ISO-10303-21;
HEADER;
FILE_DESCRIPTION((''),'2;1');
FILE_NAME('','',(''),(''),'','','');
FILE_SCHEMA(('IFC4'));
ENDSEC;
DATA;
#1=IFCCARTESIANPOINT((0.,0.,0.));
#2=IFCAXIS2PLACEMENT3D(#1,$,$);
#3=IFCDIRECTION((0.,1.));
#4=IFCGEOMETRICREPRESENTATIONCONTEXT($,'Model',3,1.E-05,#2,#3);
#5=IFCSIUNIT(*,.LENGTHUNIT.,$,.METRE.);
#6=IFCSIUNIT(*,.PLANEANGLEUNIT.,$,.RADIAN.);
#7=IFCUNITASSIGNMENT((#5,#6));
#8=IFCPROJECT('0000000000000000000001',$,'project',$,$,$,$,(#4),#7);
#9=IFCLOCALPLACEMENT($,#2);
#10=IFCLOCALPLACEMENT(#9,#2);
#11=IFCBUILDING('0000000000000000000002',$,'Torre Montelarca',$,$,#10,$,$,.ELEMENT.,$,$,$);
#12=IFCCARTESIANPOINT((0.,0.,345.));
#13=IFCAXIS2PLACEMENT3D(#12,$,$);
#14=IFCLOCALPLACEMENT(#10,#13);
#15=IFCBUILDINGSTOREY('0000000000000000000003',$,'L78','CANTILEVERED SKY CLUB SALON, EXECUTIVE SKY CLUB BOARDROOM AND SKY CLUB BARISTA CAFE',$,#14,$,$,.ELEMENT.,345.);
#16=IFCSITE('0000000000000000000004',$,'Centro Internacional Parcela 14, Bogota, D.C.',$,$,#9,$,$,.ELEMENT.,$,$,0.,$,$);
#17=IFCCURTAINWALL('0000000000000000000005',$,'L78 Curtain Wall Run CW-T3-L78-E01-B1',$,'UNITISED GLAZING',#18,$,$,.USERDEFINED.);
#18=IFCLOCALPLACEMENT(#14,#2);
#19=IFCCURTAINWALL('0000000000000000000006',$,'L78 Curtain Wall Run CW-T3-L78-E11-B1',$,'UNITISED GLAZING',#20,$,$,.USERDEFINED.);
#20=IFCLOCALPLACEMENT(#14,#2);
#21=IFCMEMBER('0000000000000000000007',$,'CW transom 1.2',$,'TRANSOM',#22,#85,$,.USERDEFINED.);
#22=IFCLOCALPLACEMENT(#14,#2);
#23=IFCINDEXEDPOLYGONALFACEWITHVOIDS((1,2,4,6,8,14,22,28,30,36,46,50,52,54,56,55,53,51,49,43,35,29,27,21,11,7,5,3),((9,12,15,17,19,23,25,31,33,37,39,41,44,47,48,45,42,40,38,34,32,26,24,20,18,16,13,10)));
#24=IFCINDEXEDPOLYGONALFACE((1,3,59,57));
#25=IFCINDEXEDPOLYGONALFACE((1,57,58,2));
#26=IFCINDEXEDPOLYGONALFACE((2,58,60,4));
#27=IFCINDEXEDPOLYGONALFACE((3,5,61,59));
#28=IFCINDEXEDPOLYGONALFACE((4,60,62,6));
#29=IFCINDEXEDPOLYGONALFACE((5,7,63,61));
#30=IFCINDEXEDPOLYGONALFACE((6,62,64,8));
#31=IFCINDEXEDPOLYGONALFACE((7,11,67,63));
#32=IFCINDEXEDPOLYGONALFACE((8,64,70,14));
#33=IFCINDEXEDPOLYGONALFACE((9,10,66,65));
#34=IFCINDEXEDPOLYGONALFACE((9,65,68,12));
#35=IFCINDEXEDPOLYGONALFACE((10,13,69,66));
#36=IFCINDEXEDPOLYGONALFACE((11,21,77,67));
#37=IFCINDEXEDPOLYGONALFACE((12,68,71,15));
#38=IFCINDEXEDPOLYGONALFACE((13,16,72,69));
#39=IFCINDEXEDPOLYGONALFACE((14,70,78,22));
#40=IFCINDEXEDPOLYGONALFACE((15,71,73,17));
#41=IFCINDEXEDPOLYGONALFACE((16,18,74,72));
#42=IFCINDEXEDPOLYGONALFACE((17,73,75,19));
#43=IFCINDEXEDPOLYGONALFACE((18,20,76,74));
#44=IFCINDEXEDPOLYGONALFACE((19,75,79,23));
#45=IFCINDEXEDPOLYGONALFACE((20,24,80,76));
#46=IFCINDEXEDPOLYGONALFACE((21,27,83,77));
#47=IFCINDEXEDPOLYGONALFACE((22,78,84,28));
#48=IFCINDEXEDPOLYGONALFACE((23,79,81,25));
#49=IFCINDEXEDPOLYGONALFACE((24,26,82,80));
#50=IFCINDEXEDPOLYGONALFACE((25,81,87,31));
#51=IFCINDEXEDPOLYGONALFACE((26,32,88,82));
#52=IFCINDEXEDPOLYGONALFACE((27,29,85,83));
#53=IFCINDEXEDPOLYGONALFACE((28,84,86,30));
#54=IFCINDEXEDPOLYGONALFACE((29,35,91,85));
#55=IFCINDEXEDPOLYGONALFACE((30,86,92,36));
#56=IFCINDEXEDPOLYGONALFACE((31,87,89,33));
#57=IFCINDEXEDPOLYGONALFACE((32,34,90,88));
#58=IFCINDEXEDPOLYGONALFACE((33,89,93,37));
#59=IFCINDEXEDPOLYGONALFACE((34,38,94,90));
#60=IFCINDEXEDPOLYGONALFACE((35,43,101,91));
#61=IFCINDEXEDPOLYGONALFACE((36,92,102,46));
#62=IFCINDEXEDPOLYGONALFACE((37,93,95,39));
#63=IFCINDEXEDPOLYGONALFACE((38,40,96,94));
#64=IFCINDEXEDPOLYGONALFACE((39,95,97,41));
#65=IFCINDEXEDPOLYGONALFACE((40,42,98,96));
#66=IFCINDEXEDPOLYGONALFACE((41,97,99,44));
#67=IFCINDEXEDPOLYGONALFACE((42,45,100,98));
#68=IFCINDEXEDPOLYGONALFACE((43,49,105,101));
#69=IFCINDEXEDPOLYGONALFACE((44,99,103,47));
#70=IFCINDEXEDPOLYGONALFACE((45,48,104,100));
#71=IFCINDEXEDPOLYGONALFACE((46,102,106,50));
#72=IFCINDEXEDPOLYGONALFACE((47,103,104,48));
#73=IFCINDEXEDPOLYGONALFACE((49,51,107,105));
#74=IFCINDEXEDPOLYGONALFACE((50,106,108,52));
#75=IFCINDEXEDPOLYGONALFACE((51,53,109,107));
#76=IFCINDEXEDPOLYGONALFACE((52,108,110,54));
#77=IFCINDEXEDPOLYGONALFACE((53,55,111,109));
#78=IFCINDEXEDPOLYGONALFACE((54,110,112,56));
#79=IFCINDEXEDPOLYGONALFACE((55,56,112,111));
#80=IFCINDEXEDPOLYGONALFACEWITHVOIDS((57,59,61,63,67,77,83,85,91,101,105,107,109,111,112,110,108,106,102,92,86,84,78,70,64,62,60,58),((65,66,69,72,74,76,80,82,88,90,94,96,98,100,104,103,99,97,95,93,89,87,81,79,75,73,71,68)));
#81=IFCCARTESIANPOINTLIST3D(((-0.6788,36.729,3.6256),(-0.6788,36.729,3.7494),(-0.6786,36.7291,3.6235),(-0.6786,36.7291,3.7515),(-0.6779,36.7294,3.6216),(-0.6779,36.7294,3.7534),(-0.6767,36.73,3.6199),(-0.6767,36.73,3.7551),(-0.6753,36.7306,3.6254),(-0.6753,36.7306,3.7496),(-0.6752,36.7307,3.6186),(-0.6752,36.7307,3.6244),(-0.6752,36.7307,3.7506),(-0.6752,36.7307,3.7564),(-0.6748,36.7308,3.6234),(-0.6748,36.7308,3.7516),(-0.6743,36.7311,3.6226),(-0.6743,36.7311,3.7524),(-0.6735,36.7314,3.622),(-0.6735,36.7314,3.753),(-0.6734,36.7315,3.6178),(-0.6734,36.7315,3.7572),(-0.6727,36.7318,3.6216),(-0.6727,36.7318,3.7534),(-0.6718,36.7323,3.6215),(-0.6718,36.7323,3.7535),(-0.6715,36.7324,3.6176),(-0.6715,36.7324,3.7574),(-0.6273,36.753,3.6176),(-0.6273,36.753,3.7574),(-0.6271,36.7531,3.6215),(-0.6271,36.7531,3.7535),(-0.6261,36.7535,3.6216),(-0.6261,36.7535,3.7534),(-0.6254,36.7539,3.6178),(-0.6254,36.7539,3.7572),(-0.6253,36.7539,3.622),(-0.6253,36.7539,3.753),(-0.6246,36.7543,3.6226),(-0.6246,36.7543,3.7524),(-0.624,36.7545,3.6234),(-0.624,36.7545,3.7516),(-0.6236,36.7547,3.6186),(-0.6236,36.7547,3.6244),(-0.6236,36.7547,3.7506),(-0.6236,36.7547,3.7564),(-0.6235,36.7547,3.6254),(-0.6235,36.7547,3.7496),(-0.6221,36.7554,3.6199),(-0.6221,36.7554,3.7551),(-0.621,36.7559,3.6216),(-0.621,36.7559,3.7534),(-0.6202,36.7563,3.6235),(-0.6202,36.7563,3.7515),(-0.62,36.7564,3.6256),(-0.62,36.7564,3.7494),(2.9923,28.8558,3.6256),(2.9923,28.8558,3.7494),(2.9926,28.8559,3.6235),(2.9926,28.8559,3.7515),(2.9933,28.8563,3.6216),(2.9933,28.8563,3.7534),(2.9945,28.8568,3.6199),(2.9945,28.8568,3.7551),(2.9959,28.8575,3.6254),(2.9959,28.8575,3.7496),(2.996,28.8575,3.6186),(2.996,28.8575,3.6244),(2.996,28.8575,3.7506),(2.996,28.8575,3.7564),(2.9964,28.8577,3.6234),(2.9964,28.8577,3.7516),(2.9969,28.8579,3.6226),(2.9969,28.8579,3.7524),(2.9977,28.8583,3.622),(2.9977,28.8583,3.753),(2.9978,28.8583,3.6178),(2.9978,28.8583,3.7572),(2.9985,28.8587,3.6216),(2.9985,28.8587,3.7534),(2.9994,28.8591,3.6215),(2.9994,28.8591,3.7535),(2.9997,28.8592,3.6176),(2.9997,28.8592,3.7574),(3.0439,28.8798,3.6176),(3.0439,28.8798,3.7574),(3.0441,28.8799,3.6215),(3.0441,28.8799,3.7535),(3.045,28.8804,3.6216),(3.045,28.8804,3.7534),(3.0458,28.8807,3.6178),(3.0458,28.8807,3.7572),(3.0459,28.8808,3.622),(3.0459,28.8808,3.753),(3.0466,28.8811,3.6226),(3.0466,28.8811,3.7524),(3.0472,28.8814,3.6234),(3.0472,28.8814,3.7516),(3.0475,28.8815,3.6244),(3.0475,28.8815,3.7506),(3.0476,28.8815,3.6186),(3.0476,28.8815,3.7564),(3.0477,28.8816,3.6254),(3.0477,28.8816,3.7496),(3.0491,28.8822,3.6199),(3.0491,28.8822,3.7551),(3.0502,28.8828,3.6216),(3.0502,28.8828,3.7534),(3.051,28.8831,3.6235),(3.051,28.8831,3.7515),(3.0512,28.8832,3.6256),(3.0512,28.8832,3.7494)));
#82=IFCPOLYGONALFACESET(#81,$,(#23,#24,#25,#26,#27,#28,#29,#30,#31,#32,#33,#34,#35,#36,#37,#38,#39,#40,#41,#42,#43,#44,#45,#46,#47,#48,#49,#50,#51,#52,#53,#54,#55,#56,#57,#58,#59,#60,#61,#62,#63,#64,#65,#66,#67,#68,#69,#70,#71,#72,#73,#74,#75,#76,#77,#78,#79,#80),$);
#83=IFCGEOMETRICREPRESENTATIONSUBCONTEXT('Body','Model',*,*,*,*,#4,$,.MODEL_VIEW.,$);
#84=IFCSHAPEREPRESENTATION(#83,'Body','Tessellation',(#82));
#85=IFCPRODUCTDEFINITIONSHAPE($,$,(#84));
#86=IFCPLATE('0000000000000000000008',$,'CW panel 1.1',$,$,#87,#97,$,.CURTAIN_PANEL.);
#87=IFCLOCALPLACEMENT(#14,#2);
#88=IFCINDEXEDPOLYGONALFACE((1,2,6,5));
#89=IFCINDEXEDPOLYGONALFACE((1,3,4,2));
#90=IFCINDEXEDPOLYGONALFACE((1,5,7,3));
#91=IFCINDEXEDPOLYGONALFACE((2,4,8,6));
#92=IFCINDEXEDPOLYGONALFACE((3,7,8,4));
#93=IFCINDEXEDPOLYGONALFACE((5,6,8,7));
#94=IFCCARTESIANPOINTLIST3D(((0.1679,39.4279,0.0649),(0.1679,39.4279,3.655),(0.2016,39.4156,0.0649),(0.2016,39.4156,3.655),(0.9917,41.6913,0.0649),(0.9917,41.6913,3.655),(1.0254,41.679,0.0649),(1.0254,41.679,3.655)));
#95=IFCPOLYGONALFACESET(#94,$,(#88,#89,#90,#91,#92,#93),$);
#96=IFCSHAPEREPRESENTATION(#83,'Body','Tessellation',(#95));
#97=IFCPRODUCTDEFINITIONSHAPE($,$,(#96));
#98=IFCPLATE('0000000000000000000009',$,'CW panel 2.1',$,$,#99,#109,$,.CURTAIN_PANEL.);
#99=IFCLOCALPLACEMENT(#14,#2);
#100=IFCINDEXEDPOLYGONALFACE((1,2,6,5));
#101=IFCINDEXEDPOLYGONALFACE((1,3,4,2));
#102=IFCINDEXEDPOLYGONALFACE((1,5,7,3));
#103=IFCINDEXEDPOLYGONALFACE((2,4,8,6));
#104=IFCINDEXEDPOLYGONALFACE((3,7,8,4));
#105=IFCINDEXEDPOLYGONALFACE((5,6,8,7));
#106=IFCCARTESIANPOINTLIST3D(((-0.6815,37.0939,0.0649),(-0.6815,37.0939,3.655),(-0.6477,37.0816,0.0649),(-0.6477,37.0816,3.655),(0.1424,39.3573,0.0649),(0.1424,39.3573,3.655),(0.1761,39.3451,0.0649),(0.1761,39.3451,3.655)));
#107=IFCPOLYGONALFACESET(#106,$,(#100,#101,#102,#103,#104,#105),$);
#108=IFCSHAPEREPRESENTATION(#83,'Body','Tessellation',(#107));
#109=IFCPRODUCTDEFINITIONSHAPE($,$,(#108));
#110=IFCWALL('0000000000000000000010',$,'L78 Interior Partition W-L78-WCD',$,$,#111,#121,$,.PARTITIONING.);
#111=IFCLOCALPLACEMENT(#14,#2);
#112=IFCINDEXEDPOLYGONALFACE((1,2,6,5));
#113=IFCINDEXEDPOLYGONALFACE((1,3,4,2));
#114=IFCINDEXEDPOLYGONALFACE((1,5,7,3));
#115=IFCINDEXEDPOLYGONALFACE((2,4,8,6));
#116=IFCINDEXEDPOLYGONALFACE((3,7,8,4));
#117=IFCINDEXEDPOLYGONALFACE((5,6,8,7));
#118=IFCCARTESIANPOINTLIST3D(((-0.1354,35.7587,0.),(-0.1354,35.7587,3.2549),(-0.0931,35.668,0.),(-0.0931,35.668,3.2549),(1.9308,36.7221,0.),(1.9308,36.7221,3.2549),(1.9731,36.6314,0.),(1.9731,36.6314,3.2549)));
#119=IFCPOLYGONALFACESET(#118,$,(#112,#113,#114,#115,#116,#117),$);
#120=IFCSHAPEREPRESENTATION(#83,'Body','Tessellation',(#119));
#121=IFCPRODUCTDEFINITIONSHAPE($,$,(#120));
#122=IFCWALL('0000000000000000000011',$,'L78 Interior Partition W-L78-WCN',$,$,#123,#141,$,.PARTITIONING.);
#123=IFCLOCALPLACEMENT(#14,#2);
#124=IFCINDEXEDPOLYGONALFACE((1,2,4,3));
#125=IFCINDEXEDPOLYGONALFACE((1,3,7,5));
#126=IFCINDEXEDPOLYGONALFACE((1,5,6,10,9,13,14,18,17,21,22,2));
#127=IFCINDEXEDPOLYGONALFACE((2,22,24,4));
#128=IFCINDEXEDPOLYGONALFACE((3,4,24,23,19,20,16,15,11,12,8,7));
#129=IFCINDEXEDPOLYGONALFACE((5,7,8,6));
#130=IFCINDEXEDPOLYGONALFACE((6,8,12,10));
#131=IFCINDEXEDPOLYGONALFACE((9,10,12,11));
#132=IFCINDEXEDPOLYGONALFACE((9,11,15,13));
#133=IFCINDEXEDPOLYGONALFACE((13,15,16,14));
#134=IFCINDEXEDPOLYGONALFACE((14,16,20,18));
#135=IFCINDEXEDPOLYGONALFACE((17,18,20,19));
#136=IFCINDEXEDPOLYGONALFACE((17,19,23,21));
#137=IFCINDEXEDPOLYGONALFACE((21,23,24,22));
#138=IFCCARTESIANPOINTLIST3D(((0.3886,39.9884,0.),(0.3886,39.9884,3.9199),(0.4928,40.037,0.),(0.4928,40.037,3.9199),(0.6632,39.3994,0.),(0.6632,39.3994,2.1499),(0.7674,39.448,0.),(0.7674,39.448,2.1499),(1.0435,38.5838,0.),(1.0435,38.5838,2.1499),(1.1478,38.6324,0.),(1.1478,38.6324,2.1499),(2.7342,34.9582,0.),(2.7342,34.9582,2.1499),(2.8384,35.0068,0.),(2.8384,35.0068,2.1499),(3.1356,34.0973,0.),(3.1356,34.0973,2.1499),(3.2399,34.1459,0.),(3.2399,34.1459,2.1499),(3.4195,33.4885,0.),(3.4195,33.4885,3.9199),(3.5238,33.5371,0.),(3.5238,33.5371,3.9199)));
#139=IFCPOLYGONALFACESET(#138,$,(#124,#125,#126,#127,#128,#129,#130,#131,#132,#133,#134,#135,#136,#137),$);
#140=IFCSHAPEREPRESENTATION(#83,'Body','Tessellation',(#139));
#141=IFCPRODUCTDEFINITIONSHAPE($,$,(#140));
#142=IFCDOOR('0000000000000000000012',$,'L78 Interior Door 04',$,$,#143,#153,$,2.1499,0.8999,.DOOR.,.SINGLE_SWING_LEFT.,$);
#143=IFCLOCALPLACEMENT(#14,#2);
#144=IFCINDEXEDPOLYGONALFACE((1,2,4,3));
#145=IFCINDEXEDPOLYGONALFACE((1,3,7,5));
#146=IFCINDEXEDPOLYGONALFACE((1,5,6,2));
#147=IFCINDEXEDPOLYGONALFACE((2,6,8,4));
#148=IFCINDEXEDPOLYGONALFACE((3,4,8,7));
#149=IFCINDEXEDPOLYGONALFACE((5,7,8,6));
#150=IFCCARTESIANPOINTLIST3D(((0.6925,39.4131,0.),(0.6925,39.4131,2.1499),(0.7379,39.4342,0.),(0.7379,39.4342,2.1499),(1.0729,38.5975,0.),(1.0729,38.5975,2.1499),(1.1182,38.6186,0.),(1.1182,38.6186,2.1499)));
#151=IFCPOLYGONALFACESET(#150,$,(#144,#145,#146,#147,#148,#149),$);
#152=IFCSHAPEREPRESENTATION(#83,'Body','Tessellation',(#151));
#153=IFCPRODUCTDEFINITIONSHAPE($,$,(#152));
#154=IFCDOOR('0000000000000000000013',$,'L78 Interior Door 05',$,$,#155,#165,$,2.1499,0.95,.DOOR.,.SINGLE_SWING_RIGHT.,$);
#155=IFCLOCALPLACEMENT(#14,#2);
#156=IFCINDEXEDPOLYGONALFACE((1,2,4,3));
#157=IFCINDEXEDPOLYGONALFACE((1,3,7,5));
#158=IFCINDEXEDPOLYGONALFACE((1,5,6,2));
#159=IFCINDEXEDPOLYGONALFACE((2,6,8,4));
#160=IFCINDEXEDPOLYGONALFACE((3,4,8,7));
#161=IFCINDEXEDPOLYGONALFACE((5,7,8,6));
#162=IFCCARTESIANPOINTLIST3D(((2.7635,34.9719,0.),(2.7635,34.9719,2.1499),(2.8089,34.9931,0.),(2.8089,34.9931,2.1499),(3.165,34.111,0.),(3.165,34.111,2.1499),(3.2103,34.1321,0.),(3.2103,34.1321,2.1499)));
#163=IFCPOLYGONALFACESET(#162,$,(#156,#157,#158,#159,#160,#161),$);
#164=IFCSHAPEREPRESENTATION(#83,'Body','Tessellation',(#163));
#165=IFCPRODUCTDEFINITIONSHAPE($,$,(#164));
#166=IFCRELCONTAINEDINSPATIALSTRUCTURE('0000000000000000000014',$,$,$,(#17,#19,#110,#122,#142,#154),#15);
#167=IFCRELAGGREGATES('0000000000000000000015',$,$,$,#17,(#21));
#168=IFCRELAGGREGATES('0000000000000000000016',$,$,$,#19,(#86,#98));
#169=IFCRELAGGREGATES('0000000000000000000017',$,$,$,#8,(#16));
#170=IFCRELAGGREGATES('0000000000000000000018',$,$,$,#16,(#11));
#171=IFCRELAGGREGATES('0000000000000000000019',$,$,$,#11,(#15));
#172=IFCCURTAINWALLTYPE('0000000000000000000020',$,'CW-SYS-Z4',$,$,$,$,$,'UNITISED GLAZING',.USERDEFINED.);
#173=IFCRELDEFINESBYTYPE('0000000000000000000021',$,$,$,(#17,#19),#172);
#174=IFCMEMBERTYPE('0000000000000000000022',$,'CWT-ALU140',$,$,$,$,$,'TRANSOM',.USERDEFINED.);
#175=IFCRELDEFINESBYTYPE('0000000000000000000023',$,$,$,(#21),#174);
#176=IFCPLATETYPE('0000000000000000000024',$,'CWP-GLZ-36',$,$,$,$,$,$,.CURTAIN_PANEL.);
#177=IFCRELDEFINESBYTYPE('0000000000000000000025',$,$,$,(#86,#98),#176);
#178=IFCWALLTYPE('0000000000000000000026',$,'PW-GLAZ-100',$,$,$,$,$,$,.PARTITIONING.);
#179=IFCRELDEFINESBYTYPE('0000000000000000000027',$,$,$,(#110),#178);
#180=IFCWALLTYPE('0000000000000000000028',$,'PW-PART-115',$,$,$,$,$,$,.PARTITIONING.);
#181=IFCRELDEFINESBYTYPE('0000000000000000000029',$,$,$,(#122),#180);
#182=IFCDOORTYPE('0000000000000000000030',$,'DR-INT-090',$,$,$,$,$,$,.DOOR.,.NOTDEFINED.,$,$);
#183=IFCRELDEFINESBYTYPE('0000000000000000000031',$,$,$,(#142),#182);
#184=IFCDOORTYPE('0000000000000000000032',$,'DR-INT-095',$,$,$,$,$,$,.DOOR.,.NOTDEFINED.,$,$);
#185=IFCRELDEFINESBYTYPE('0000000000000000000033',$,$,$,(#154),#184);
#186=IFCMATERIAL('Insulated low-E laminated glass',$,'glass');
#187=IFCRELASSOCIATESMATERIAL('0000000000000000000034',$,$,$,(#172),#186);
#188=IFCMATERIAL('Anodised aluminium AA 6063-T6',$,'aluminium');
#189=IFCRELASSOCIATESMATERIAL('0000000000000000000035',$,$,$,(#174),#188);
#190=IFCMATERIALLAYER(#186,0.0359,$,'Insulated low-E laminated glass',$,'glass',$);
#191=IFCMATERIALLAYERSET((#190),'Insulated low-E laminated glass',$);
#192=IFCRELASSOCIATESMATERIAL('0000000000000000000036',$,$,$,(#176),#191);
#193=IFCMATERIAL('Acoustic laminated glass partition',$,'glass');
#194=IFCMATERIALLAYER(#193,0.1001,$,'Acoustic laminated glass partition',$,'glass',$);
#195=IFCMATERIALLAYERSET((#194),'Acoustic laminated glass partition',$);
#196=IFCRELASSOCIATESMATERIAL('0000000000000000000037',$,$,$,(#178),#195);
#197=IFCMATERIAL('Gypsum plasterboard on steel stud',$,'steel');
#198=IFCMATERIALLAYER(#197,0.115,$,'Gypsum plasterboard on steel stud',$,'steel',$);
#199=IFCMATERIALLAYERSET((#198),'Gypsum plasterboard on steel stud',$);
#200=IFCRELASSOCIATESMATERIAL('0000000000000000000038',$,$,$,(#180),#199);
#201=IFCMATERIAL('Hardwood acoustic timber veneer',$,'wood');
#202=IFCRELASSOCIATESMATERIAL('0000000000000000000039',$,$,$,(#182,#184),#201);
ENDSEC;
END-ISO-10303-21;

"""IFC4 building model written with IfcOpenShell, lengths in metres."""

from ifc_helpers import new_model, si_unit, direction, frame, frame_2d, origin, origin_2d, place, context, subcontext, project, spatial, rectangle, hollow_rectangle, extrude, source, transform, mapped, material, layer, layer_set, material_profile, profile_set, type_object, element, fill, aggregate, save


model = new_model("IFC4")

# Units and contexts
model_context = context("Model", 3, precision=1e-05, world=origin(), true_north=direction((0.0, 1.0)))
body_context = subcontext(model_context, "Body", "Model", "MODEL_VIEW")
ifc_project = project(units=[si_unit("LENGTHUNIT", "METRE"), si_unit("PLANEANGLEUNIT", "RADIAN")], contexts=[model_context])

# Site, building, storey
site_placement = place(None, origin())
site = spatial("IfcSite", under=ifc_project, at=site_placement, Name="Centro Internacional Parcela 14, Bogota, D.C.", CompositionType="ELEMENT", RefElevation=0.0)
building_placement = place(site_placement, origin())
building = spatial("IfcBuilding", under=site, at=building_placement, Name="Torre Montelarca", CompositionType="ELEMENT")
storey_placement = place(building_placement, frame((0.0, 0.0, 345.0)))
storey = spatial("IfcBuildingStorey", under=building, at=storey_placement, Name="L78", Description="CANTILEVERED SKY CLUB SALON, EXECUTIVE SKY CLUB BOARDROOM AND SKY CLUB BARISTA CAFE", CompositionType="ELEMENT", Elevation=345.0)

# Curtain wall
ifc_material_1 = material(Name="Insulated low-E laminated glass", Category="glass")
curtain_wall_type = type_object("IfcCurtainWallType", Name="CW-SYS-Z4", ElementType="UNITISED GLAZING", PredefinedType="USERDEFINED", material=ifc_material_1)
curtain_wall_1_placement = place(storey_placement, origin())
curtain_wall_1 = element("IfcCurtainWall", 1, at=curtain_wall_1_placement, inside=storey, type_object=curtain_wall_type, Name="L78 Curtain Wall Run CW-T3-L78-E01-B1", ObjectType="UNITISED GLAZING", PredefinedType="USERDEFINED")
ifc_material_2 = material(Name="Anodised aluminium AA 6063-T6", Category="aluminium")

# Curtain wall
curtain_wall_2_placement = place(storey_placement, origin())
curtain_wall_2 = element("IfcCurtainWall", 2, at=curtain_wall_2_placement, inside=storey, type_object=curtain_wall_type, Name="L78 Curtain Wall Run CW-T3-L78-E11-B1", ObjectType="UNITISED GLAZING", PredefinedType="USERDEFINED")
ifc_material_profile_1 = material_profile(ifc_material_2, hollow_rectangle(XDim=0.0649, YDim=0.1399, WallThickness=0.0039, InnerFilletRadius=0.0039, OuterFilletRadius=0.0081, at=origin_2d()), Name="ALU65X140X4", Category="aluminium")
ifc_profile_set_1 = profile_set([ifc_material_profile_1], Name="Anodised aluminium AA 6063-T6")
member_type_1 = type_object("IfcMemberType", Name="CWT-ALU140", ElementType="TRANSOM", PredefinedType="USERDEFINED", material=ifc_profile_set_1)

# Member
shared_shape_1 = source(origin(), body_context, "Body", "SweptSolid", [
    extrude(hollow_rectangle(XDim=0.0649, YDim=0.1399, WallThickness=0.0039, InnerFilletRadius=0.0039, OuterFilletRadius=0.0081, at=origin_2d()), origin(), (0.0, 0.0, 1.0), 8.687),
])
member_1_placement = place(storey_placement, frame((-0.6494, 36.7427, 3.6875), z_axis=(0.422607, -0.906313, 0.0), x_axis=(0.906313, 0.422607, 0.0)))
member_1 = element("IfcMember", 3, at=member_1_placement, type_object=member_type_1, Name="CW transom 1.2", ObjectType="TRANSOM", PredefinedType="USERDEFINED", context=body_context, shape_type="MappedRepresentation", body=[
    mapped(shared_shape_1, transform((0.0, 0.0, 0.0), scale=1.0)),
])
aggregate(curtain_wall_1, [member_1])

# Plates
ifc_layer_1 = layer(ifc_material_1, 0.0359, Name="Insulated low-E laminated glass", Category="glass")
ifc_layer_set_1 = layer_set([ifc_layer_1], Name="Insulated low-E laminated glass")
plate_type = type_object("IfcPlateType", Name="CWP-GLZ-36", PredefinedType="CURTAIN_PANEL", material=ifc_layer_set_1)
shared_shape_2 = source(origin(), body_context, "Body", "SweptSolid", [
    extrude(rectangle(XDim=2.4087, YDim=0.0359, at=origin_2d()), origin(), (0.0, 0.0, 1.0), 3.5901),
])
plate_1_placement = place(storey_placement, frame((0.5967, 40.5535, 0.0649), z_axis=(0.0, 0.0, 1.0), x_axis=(-0.342015, -0.939694, 0.0)))
plate_1 = element("IfcPlate", 4, at=plate_1_placement, type_object=plate_type, Name="CW panel 1.1", PredefinedType="CURTAIN_PANEL", context=body_context, shape_type="MappedRepresentation", body=[
    mapped(shared_shape_2, transform((0.0, 0.0, 0.0), scale=1.0)),
])
plate_2_placement = place(storey_placement, frame((-0.2527, 38.2195, 0.0649), z_axis=(0.0, 0.0, 1.0), x_axis=(-0.342015, -0.939694, 0.0)))
plate_2 = element("IfcPlate", 5, at=plate_2_placement, type_object=plate_type, Name="CW panel 2.1", PredefinedType="CURTAIN_PANEL", context=body_context, shape_type="MappedRepresentation", body=[
    mapped(shared_shape_2, transform((0.0, 0.0, 0.0), scale=1.0)),
])
aggregate(curtain_wall_2, [plate_1, plate_2])

# Wall
ifc_material_3 = material(Name="Acoustic laminated glass partition", Category="glass")
ifc_layer_2 = layer(ifc_material_3, 0.1001, Name="Acoustic laminated glass partition", Category="glass")
ifc_layer_set_2 = layer_set([ifc_layer_2], Name="Acoustic laminated glass partition")
wall_type_1 = type_object("IfcWallType", Name="PW-GLAZ-100", PredefinedType="PARTITIONING", material=ifc_layer_set_2)
wall_1_placement = place(storey_placement, frame((-0.1143, 35.7134, 0.0), z_axis=(0.0, 0.0, 1.0), x_axis=(0.906323, 0.422586, 0.0)))
element("IfcWall", 6, at=wall_1_placement, inside=storey, type_object=wall_type_1, Name="L78 Interior Partition W-L78-WCD", PredefinedType="PARTITIONING", context=body_context, shape_type="SweptSolid", body=[
    extrude(rectangle(XDim=2.2798, YDim=0.1001, at=frame_2d((1.1399, 0.0))), origin(), (0.0, 0.0, 1.0), 3.2549),
])

# Wall, openings, doors
ifc_material_4 = material(Name="Gypsum plasterboard on steel stud", Category="steel")
ifc_layer_3 = layer(ifc_material_4, 0.115, Name="Gypsum plasterboard on steel stud", Category="steel")
ifc_layer_set_3 = layer_set([ifc_layer_3], Name="Gypsum plasterboard on steel stud")
wall_type_2 = type_object("IfcWallType", Name="PW-PART-115", PredefinedType="PARTITIONING", material=ifc_layer_set_3)
wall_2_placement = place(storey_placement, frame((0.4407, 40.0127, 0.0), z_axis=(0.0, 0.0, 1.0), x_axis=(0.422619, -0.906307, 0.0)))
wall_2 = element("IfcWall", 7, at=wall_2_placement, inside=storey, type_object=wall_type_2, Name="L78 Interior Partition W-L78-WCN", PredefinedType="PARTITIONING", context=body_context, shape_type="SweptSolid", body=[
    extrude(rectangle(XDim=7.1719, YDim=0.115, at=frame_2d((3.5859, 0.0))), origin(), (0.0, 0.0, 1.0), 3.9199),
])
opening_1_placement = place(wall_2_placement, frame((0.6499, 0.0, 0.0)))
opening_1 = element("IfcOpeningElement", 8, at=opening_1_placement, cuts=wall_2, PredefinedType="OPENING", context=body_context, shape_type="SweptSolid", body=[
    extrude(rectangle(XDim=0.8999, YDim=2.1499, at=frame_2d((0.45, 1.075))), frame((0.0, 0.0674, 0.0), z_axis=(0.0, -1.0, 0.0), x_axis=(1.0, 0.0, 0.0)), (0.0, 0.0, 1.0), 0.135),
])
opening_2_placement = place(wall_2_placement, frame((5.55, 0.0, 0.0)))
opening_2 = element("IfcOpeningElement", 9, at=opening_2_placement, cuts=wall_2, PredefinedType="OPENING", context=body_context, shape_type="SweptSolid", body=[
    extrude(rectangle(XDim=0.95, YDim=2.1499, at=frame_2d((0.4751, 1.075))), frame((0.0, 0.0674, 0.0), z_axis=(0.0, -1.0, 0.0), x_axis=(1.0, 0.0, 0.0)), (0.0, 0.0, 1.0), 0.135),
])
ifc_material_5 = material(Name="Hardwood acoustic timber veneer", Category="wood")
door_type_1 = type_object("IfcDoorType", Name="DR-INT-090", OperationType="NOTDEFINED", PredefinedType="DOOR", material=ifc_material_5)
shared_shape_3 = source(origin(), body_context, "Body", "SweptSolid", [
    extrude(rectangle(XDim=0.8999, YDim=2.1499, at=frame_2d((0.45, 1.075))), frame((0.0, 0.0249, 0.0), z_axis=(0.0, -1.0, 0.0), x_axis=(1.0, 0.0, 0.0)), (0.0, 0.0, 1.0), 0.05),
])
door_1_placement = place(opening_1_placement, origin())
door_1 = element("IfcDoor", 10, at=door_1_placement, inside=storey, type_object=door_type_1, Name="L78 Interior Door 04", OperationType="SINGLE_SWING_LEFT", OverallHeight=2.1499, OverallWidth=0.8999, PredefinedType="DOOR", context=body_context, shape_type="MappedRepresentation", body=[
    mapped(shared_shape_3, transform((0.0, 0.0, 0.0), scale=1.0)),
])
fill(opening_1, door_1)
door_type_2 = type_object("IfcDoorType", Name="DR-INT-095", OperationType="NOTDEFINED", PredefinedType="DOOR", material=ifc_material_5)
shared_shape_4 = source(origin(), body_context, "Body", "SweptSolid", [
    extrude(rectangle(XDim=0.95, YDim=2.1499, at=frame_2d((0.4751, 1.075))), frame((0.0, 0.0249, 0.0), z_axis=(0.0, -1.0, 0.0), x_axis=(1.0, 0.0, 0.0)), (0.0, 0.0, 1.0), 0.05),
])
door_2_placement = place(opening_2_placement, origin())
door_2 = element("IfcDoor", 11, at=door_2_placement, inside=storey, type_object=door_type_2, Name="L78 Interior Door 05", OperationType="SINGLE_SWING_RIGHT", OverallHeight=2.1499, OverallWidth=0.95, PredefinedType="DOOR", context=body_context, shape_type="MappedRepresentation", body=[
    mapped(shared_shape_4, transform((0.0, 0.0, 0.0), scale=1.0)),
])
fill(opening_2, door_2)

save(model, "model.ifc")
